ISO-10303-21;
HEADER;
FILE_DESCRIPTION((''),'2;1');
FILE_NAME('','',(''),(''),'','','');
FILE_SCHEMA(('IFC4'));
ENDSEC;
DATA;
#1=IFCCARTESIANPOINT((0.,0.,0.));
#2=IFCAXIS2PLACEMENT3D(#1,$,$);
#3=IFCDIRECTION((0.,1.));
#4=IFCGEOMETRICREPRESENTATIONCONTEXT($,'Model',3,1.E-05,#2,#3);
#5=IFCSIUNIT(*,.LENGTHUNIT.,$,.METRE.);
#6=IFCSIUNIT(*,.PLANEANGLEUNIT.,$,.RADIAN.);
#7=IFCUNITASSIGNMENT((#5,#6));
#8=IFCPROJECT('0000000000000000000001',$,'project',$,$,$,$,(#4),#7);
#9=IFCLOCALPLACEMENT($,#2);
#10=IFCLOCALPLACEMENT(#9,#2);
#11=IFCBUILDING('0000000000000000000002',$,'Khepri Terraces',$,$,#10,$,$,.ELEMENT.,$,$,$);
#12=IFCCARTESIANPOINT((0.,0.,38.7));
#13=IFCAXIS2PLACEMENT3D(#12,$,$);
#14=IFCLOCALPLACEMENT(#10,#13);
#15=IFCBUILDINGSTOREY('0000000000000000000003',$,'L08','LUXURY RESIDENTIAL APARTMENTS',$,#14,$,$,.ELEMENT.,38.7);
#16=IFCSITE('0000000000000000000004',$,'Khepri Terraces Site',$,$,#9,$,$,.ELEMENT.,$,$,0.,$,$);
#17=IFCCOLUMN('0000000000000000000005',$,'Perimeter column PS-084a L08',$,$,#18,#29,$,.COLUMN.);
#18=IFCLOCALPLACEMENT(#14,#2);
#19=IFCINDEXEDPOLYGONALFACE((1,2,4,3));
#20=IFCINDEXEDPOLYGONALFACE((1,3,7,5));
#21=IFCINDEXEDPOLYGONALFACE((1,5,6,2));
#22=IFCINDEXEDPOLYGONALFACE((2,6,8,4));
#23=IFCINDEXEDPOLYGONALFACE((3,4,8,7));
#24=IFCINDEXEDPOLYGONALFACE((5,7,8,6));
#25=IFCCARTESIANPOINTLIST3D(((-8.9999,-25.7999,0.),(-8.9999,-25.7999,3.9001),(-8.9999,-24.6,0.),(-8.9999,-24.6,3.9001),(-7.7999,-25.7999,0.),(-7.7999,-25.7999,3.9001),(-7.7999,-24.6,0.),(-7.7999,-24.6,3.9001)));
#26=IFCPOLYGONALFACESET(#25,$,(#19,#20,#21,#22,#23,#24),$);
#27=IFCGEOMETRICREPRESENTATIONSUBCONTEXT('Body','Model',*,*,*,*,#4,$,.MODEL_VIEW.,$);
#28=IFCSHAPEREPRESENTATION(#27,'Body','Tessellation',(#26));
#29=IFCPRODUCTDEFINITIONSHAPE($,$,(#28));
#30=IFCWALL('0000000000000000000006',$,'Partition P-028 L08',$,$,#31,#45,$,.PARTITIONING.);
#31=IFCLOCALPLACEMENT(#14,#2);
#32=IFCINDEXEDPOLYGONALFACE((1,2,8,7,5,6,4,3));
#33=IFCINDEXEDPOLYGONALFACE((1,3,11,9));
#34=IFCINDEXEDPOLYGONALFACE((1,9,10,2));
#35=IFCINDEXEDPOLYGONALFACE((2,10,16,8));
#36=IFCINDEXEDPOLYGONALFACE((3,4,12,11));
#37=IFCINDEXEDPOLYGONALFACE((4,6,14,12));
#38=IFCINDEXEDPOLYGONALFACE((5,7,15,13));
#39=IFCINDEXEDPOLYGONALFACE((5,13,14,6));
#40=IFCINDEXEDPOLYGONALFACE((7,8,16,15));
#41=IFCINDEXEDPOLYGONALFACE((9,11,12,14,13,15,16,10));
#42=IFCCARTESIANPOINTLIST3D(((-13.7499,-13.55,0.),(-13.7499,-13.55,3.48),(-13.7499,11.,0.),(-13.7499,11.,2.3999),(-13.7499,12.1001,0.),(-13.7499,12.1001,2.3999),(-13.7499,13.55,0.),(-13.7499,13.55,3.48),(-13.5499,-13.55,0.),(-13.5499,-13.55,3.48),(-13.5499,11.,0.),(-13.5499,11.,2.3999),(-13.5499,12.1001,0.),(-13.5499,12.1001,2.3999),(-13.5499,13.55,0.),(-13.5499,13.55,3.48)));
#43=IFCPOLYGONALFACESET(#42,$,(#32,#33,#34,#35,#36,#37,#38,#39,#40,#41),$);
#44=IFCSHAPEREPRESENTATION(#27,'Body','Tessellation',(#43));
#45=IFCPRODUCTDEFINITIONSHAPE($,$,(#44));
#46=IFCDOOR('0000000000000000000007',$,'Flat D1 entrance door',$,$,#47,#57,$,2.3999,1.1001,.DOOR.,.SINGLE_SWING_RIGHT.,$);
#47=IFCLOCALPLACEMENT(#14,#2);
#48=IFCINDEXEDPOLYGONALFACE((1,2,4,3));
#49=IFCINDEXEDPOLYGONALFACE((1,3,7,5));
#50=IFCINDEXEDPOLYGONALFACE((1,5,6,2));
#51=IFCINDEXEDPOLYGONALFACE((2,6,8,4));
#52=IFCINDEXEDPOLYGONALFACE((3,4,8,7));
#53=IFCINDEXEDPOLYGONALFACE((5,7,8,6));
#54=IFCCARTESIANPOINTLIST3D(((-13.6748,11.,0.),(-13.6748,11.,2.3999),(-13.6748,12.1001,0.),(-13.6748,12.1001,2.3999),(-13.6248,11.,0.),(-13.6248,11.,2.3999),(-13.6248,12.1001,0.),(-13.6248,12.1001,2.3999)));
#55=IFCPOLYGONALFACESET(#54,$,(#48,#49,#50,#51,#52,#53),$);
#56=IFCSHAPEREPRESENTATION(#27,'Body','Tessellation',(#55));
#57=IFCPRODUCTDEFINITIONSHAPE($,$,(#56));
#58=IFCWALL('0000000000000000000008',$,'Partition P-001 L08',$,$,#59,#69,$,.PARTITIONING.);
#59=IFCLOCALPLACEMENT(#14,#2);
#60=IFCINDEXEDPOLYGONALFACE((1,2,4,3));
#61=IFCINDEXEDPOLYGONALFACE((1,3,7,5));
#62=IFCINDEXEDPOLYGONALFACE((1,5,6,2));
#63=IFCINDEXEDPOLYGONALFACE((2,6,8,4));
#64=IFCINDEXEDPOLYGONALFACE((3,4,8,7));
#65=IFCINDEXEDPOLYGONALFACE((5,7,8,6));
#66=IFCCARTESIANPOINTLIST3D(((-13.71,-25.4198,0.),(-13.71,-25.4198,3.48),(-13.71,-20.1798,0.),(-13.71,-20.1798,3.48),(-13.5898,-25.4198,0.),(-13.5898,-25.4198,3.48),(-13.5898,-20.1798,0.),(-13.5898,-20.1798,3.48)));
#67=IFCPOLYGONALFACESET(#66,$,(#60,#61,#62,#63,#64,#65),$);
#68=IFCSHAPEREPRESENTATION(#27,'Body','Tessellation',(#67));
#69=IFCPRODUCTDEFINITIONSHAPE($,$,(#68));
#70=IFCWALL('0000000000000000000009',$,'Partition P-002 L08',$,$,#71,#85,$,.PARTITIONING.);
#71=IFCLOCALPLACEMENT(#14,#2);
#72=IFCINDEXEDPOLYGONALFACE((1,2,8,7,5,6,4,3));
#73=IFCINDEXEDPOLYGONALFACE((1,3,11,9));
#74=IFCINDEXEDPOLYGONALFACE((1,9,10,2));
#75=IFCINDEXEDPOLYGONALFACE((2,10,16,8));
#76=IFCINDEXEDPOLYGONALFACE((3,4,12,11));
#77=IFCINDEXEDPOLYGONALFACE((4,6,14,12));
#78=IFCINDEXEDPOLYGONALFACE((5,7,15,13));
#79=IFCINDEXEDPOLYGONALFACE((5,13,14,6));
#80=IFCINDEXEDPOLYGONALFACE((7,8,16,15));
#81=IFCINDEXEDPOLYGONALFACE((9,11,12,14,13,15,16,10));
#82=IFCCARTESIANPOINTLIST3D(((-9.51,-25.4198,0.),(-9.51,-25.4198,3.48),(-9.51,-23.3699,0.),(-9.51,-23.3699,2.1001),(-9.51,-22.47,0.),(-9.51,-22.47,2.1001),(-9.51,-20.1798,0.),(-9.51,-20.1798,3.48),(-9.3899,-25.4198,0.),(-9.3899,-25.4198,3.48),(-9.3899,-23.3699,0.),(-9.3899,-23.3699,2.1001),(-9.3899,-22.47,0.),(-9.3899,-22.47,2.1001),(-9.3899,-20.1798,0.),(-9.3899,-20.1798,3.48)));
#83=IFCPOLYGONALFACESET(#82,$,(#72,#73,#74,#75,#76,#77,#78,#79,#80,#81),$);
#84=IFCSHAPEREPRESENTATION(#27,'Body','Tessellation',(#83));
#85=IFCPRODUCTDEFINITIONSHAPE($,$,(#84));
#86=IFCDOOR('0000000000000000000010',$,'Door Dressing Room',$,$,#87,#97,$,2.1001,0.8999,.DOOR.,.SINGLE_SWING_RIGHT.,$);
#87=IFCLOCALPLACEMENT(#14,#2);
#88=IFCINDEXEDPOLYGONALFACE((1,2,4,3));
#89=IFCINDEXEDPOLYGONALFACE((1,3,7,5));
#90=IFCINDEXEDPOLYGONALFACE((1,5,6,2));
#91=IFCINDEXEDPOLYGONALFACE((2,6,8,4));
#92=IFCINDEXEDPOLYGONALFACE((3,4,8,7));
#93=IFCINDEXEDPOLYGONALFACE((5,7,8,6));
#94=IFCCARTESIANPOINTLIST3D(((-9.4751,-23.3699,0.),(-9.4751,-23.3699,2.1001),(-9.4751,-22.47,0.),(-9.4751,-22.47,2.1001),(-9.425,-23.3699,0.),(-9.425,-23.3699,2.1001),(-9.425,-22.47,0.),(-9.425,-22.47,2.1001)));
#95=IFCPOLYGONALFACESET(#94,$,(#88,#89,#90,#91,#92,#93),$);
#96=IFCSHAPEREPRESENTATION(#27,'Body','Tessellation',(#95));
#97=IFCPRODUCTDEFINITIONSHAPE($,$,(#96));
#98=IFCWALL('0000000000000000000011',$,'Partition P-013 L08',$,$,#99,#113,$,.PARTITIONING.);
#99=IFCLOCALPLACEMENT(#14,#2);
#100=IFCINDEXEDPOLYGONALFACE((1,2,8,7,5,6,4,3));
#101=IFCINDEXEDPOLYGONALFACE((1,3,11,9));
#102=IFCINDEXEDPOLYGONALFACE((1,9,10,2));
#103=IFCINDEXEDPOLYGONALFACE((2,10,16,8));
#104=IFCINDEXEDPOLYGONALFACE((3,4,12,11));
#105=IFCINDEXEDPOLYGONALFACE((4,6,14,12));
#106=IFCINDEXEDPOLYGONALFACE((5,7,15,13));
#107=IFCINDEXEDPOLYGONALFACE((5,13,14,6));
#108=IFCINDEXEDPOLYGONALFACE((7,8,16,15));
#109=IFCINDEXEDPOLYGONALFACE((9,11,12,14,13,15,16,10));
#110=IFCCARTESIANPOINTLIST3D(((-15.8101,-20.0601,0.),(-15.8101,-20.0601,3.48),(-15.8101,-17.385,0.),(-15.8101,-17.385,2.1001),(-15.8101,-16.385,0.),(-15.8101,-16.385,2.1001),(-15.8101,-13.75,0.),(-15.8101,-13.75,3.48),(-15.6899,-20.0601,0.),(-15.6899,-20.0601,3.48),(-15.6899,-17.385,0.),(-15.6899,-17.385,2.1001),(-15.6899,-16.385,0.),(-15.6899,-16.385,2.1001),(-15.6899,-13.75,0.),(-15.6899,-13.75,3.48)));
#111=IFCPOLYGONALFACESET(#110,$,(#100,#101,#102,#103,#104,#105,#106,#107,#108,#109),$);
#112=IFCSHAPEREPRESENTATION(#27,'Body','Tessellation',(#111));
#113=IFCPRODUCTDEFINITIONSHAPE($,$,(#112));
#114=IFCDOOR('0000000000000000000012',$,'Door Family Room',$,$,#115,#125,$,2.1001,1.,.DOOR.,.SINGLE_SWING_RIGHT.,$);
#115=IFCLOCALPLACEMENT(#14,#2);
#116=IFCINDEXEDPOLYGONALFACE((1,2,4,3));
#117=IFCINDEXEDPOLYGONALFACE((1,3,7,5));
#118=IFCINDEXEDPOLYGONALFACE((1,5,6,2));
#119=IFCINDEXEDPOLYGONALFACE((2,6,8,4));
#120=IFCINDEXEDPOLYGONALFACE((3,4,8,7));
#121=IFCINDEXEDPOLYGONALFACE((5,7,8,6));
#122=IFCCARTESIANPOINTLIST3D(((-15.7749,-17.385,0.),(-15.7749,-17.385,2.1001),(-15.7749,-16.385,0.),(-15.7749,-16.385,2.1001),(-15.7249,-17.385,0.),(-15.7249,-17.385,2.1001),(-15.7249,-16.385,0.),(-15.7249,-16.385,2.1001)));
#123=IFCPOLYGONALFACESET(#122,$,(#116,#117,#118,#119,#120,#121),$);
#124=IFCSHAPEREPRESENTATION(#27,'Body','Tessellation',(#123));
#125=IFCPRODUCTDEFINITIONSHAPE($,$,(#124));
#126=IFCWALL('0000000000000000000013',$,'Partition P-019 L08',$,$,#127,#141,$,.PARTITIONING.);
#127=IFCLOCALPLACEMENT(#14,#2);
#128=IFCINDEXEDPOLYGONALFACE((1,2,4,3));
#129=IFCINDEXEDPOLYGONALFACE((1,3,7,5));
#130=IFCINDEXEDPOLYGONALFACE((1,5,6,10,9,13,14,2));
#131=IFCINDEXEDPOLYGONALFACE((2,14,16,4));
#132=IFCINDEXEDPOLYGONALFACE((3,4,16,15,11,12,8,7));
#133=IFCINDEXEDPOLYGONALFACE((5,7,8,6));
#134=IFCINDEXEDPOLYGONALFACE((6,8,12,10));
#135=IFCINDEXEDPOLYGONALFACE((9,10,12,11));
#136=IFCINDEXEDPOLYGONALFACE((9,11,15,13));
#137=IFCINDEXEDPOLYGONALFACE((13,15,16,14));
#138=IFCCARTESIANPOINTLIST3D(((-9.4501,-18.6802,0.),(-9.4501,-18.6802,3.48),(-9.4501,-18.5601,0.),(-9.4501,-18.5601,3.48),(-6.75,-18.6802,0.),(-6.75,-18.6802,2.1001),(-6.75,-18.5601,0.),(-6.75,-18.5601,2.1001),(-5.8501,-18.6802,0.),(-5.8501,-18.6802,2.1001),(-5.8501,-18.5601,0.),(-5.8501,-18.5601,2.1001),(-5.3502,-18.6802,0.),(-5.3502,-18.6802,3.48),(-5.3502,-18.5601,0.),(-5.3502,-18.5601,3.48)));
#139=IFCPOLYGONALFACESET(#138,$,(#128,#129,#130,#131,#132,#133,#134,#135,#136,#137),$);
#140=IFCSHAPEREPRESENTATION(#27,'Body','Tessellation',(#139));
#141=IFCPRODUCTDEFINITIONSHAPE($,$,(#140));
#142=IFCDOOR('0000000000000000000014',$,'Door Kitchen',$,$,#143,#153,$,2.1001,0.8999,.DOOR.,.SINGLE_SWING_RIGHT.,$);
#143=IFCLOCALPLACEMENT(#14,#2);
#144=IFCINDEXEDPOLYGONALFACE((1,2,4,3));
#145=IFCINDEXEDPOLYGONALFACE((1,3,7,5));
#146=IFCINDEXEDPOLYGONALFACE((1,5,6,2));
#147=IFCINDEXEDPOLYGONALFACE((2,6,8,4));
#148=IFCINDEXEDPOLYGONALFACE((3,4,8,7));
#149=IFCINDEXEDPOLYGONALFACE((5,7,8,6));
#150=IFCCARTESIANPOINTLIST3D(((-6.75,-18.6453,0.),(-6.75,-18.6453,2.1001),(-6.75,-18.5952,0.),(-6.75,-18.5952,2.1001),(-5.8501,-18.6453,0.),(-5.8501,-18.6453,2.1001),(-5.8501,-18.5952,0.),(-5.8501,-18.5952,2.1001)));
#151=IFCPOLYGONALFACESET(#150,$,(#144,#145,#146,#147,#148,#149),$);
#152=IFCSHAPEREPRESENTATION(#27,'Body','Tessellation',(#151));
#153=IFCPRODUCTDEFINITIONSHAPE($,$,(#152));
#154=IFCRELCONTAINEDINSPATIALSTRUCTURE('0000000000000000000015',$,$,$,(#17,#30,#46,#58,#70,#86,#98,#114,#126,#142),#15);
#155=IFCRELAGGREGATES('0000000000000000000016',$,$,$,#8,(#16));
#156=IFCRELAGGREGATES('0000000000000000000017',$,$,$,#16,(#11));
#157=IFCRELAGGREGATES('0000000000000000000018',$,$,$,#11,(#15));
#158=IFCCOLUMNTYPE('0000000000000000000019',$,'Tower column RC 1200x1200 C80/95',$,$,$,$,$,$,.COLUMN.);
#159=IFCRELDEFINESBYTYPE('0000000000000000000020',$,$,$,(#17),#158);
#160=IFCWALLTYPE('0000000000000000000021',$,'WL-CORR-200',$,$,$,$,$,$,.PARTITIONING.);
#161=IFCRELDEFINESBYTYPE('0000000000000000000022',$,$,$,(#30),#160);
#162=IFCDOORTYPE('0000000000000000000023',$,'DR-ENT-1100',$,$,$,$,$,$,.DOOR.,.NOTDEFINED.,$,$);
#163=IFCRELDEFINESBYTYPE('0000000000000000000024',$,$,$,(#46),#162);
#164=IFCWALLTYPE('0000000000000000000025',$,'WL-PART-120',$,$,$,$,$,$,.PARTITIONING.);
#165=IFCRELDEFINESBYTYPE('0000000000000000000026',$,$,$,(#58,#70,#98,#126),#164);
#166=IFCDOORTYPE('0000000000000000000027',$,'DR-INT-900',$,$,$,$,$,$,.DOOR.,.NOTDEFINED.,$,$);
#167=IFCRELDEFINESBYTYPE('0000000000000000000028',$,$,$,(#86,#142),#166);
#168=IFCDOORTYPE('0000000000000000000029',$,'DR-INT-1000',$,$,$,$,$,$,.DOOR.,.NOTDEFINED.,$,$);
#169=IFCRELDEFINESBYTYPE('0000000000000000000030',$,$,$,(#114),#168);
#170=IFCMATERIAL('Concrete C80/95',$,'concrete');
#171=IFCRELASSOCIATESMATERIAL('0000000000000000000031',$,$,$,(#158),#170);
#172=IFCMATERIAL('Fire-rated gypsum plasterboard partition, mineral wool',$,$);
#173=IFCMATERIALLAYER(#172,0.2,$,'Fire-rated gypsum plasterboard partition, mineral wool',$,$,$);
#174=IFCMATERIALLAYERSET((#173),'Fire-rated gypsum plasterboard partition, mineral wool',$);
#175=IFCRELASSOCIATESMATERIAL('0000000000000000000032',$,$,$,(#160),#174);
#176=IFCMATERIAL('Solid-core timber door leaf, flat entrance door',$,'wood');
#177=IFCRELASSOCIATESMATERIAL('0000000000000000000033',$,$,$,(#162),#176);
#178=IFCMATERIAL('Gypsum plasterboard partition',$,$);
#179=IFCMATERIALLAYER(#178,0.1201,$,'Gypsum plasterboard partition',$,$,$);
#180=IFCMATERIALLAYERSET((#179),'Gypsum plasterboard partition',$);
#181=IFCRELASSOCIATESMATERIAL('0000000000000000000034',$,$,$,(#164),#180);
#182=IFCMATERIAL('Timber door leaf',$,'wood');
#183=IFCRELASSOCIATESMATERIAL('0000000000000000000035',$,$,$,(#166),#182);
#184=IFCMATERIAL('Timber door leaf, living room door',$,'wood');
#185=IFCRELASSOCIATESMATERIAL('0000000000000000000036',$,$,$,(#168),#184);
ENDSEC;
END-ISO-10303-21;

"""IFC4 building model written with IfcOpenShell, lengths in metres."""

from ifc_helpers import new_model, si_unit, direction, frame, frame_2d, origin, origin_2d, place, context, subcontext, project, spatial, rectangle, extrude, material, layer, layer_set, material_profile, profile_set, type_object, element, fill, save


model = new_model("IFC4")

# Units and contexts
model_context = context("Model", 3, precision=1e-05, world=origin(), true_north=direction((0.0, 1.0)))
body_context = subcontext(model_context, "Body", "Model", "MODEL_VIEW")
ifc_project = project(units=[si_unit("LENGTHUNIT", "METRE"), si_unit("PLANEANGLEUNIT", "RADIAN")], contexts=[model_context])

# Site, building, storey
site_placement = place(None, origin())
site = spatial("IfcSite", under=ifc_project, at=site_placement, Name="Khepri Terraces Site", CompositionType="ELEMENT", RefElevation=0.0)
building_placement = place(site_placement, origin())
building = spatial("IfcBuilding", under=site, at=building_placement, Name="Khepri Terraces", CompositionType="ELEMENT")
storey_placement = place(building_placement, frame((0.0, 0.0, 38.7)))
storey = spatial("IfcBuildingStorey", under=building, at=storey_placement, Name="L08", Description="LUXURY RESIDENTIAL APARTMENTS", CompositionType="ELEMENT", Elevation=38.7)

# Column
ifc_material_1 = material(Name="Concrete C80/95", Category="concrete")
ifc_material_profile = material_profile(ifc_material_1, rectangle(XDim=1.2, YDim=1.2, at=origin_2d()), Name="Concrete C80/95", Category="concrete")
ifc_profile_set = profile_set([ifc_material_profile], Name="Concrete C80/95")
column_type = type_object("IfcColumnType", Name="Tower column RC 1200x1200 C80/95", PredefinedType="COLUMN", material=ifc_profile_set)
column_placement = place(storey_placement, frame((-8.3999, -25.2, 0.0), z_axis=(0.0, 0.0, 1.0), x_axis=(1.0, 0.0, 0.0)))
element("IfcColumn", 1, at=column_placement, inside=storey, type_object=column_type, Name="Perimeter column PS-084a L08", PredefinedType="COLUMN", context=body_context, shape_type="SweptSolid", body=[
    extrude(rectangle(XDim=1.2, YDim=1.2, at=origin_2d()), origin(), (0.0, 0.0, 1.0), 3.9001),
])

# Wall, opening, door
ifc_material_2 = material(Name="Fire-rated gypsum plasterboard partition, mineral wool")
ifc_layer_1 = layer(ifc_material_2, 0.2, Name="Fire-rated gypsum plasterboard partition, mineral wool")
ifc_layer_set_1 = layer_set([ifc_layer_1], Name="Fire-rated gypsum plasterboard partition, mineral wool")
wall_type_1 = type_object("IfcWallType", Name="WL-CORR-200", PredefinedType="PARTITIONING", material=ifc_layer_set_1)
wall_1_placement = place(storey_placement, frame((-13.6499, -13.55, 0.0), z_axis=(0.0, 0.0, 1.0), x_axis=(0.0, 1.0, 0.0)))
wall_1 = element("IfcWall", 2, at=wall_1_placement, inside=storey, type_object=wall_type_1, Name="Partition P-028 L08", PredefinedType="PARTITIONING", context=body_context, shape_type="SweptSolid", body=[
    extrude(rectangle(XDim=27.1001, YDim=0.2, at=frame_2d((13.55, 0.0))), origin(), (0.0, 0.0, 1.0), 3.48),
])
opening_1_placement = place(wall_1_placement, frame((24.55, 0.0, 0.0)))
opening_1 = element("IfcOpeningElement", 3, at=opening_1_placement, cuts=wall_1, PredefinedType="OPENING", context=body_context, shape_type="SweptSolid", body=[
    extrude(rectangle(XDim=1.1001, YDim=2.3999, at=frame_2d((0.55, 1.2))), frame((0.0, 0.1099, 0.0), z_axis=(0.0, -1.0, 0.0), x_axis=(1.0, 0.0, 0.0)), (0.0, 0.0, 1.0), 0.22),
])
ifc_material_3 = material(Name="Solid-core timber door leaf, flat entrance door", Category="wood")
door_type_1 = type_object("IfcDoorType", Name="DR-ENT-1100", OperationType="NOTDEFINED", PredefinedType="DOOR", material=ifc_material_3)
door_1_placement = place(opening_1_placement, origin())
door_1 = element("IfcDoor", 4, at=door_1_placement, inside=storey, type_object=door_type_1, Name="Flat D1 entrance door", OperationType="SINGLE_SWING_RIGHT", OverallHeight=2.3999, OverallWidth=1.1001, PredefinedType="DOOR", context=body_context, shape_type="SweptSolid", body=[
    extrude(rectangle(XDim=1.1001, YDim=2.3999, at=frame_2d((0.55, 1.2))), frame((0.0, 0.0249, 0.0), z_axis=(0.0, -1.0, 0.0), x_axis=(1.0, 0.0, 0.0)), (0.0, 0.0, 1.0), 0.05),
])
fill(opening_1, door_1)

# Wall
ifc_material_4 = material(Name="Gypsum plasterboard partition")
ifc_layer_2 = layer(ifc_material_4, 0.1201, Name="Gypsum plasterboard partition")
ifc_layer_set_2 = layer_set([ifc_layer_2], Name="Gypsum plasterboard partition")
wall_type_2 = type_object("IfcWallType", Name="WL-PART-120", PredefinedType="PARTITIONING", material=ifc_layer_set_2)
wall_2_placement = place(storey_placement, frame((-13.6499, -25.4199, 0.0), z_axis=(0.0, 0.0, 1.0), x_axis=(0.0, 1.0, 0.0)))
element("IfcWall", 5, at=wall_2_placement, inside=storey, type_object=wall_type_2, Name="Partition P-001 L08", PredefinedType="PARTITIONING", context=body_context, shape_type="SweptSolid", body=[
    extrude(rectangle(XDim=5.24, YDim=0.1201, at=frame_2d((2.6201, 0.0))), origin(), (0.0, 0.0, 1.0), 3.48),
])

# Walls, openings, doors
wall_3_placement = place(storey_placement, frame((-9.45, -25.4199, 0.0), z_axis=(0.0, 0.0, 1.0), x_axis=(0.0, 1.0, 0.0)))
wall_3 = element("IfcWall", 6, at=wall_3_placement, inside=storey, type_object=wall_type_2, Name="Partition P-002 L08", PredefinedType="PARTITIONING", context=body_context, shape_type="SweptSolid", body=[
    extrude(rectangle(XDim=5.24, YDim=0.1201, at=frame_2d((2.6201, 0.0))), origin(), (0.0, 0.0, 1.0), 3.48),
])
opening_2_placement = place(wall_3_placement, frame((2.05, 0.0, 0.0)))
opening_2 = element("IfcOpeningElement", 7, at=opening_2_placement, cuts=wall_3, PredefinedType="OPENING", context=body_context, shape_type="SweptSolid", body=[
    extrude(rectangle(XDim=0.8999, YDim=2.1001, at=frame_2d((0.45, 1.05))), frame((0.0, 0.0701, 0.0), z_axis=(0.0, -1.0, 0.0), x_axis=(1.0, 0.0, 0.0)), (0.0, 0.0, 1.0), 0.1401),
])
ifc_material_5 = material(Name="Timber door leaf", Category="wood")
door_type_2 = type_object("IfcDoorType", Name="DR-INT-900", OperationType="NOTDEFINED", PredefinedType="DOOR", material=ifc_material_5)
door_2_placement = place(opening_2_placement, frame((0.8999, 0.0, 0.0), z_axis=(0.0, 0.0, 1.0), x_axis=(-1.0, 0.0, 0.0)))
door_2 = element("IfcDoor", 8, at=door_2_placement, inside=storey, type_object=door_type_2, Name="Door Dressing Room", OperationType="SINGLE_SWING_RIGHT", OverallHeight=2.1001, OverallWidth=0.8999, PredefinedType="DOOR", context=body_context, shape_type="SweptSolid", body=[
    extrude(rectangle(XDim=0.8999, YDim=2.1001, at=frame_2d((0.45, 1.05))), frame((0.0, 0.0249, 0.0), z_axis=(0.0, -1.0, 0.0), x_axis=(1.0, 0.0, 0.0)), (0.0, 0.0, 1.0), 0.05),
])
fill(opening_2, door_2)
wall_4_placement = place(storey_placement, frame((-15.75, -20.0601, 0.0), z_axis=(0.0, 0.0, 1.0), x_axis=(0.0, 1.0, 0.0)))
wall_4 = element("IfcWall", 9, at=wall_4_placement, inside=storey, type_object=wall_type_2, Name="Partition P-013 L08", PredefinedType="PARTITIONING", context=body_context, shape_type="SweptSolid", body=[
    extrude(rectangle(XDim=6.3101, YDim=0.1201, at=frame_2d((3.155, 0.0))), origin(), (0.0, 0.0, 1.0), 3.48),
])
opening_3_placement = place(wall_4_placement, frame((2.675, 0.0, 0.0)))
opening_3 = element("IfcOpeningElement", 10, at=opening_3_placement, cuts=wall_4, PredefinedType="OPENING", context=body_context, shape_type="SweptSolid", body=[
    extrude(rectangle(XDim=1.0, YDim=2.1001, at=frame_2d((0.5, 1.05))), frame((0.0, 0.0701, 0.0), z_axis=(0.0, -1.0, 0.0), x_axis=(1.0, 0.0, 0.0)), (0.0, 0.0, 1.0), 0.1401),
])
ifc_material_6 = material(Name="Timber door leaf, living room door", Category="wood")
door_type_3 = type_object("IfcDoorType", Name="DR-INT-1000", OperationType="NOTDEFINED", PredefinedType="DOOR", material=ifc_material_6)
door_3_placement = place(opening_3_placement, origin())
door_3 = element("IfcDoor", 11, at=door_3_placement, inside=storey, type_object=door_type_3, Name="Door Family Room", OperationType="SINGLE_SWING_RIGHT", OverallHeight=2.1001, OverallWidth=1.0, PredefinedType="DOOR", context=body_context, shape_type="SweptSolid", body=[
    extrude(rectangle(XDim=1.0, YDim=2.1001, at=frame_2d((0.5, 1.05))), frame((0.0, 0.0249, 0.0), z_axis=(0.0, -1.0, 0.0), x_axis=(1.0, 0.0, 0.0)), (0.0, 0.0, 1.0), 0.05),
])
fill(opening_3, door_3)
wall_5_placement = place(storey_placement, frame((-9.45, -18.6201, 0.0), z_axis=(0.0, 0.0, 1.0), x_axis=(1.0, 0.0, 0.0)))
wall_5 = element("IfcWall", 12, at=wall_5_placement, inside=storey, type_object=wall_type_2, Name="Partition P-019 L08", PredefinedType="PARTITIONING", context=body_context, shape_type="SweptSolid", body=[
    extrude(rectangle(XDim=4.0999, YDim=0.1201, at=frame_2d((2.0498, 0.0))), origin(), (0.0, 0.0, 1.0), 3.48),
])
opening_4_placement = place(wall_5_placement, frame((2.7, 0.0, 0.0)))
opening_4 = element("IfcOpeningElement", 13, at=opening_4_placement, cuts=wall_5, PredefinedType="OPENING", context=body_context, shape_type="SweptSolid", body=[
    extrude(rectangle(XDim=0.8999, YDim=2.1001, at=frame_2d((0.45, 1.05))), frame((0.0, 0.0701, 0.0), z_axis=(0.0, -1.0, 0.0), x_axis=(1.0, 0.0, 0.0)), (0.0, 0.0, 1.0), 0.1401),
])
door_4_placement = place(opening_4_placement, origin())
door_4 = element("IfcDoor", 14, at=door_4_placement, inside=storey, type_object=door_type_2, Name="Door Kitchen", OperationType="SINGLE_SWING_RIGHT", OverallHeight=2.1001, OverallWidth=0.8999, PredefinedType="DOOR", context=body_context, shape_type="SweptSolid", body=[
    extrude(rectangle(XDim=0.8999, YDim=2.1001, at=frame_2d((0.45, 1.05))), frame((0.0, 0.0249, 0.0), z_axis=(0.0, -1.0, 0.0), x_axis=(1.0, 0.0, 0.0)), (0.0, 0.0, 1.0), 0.05),
])
fill(opening_4, door_4)

save(model, "model.ifc")
